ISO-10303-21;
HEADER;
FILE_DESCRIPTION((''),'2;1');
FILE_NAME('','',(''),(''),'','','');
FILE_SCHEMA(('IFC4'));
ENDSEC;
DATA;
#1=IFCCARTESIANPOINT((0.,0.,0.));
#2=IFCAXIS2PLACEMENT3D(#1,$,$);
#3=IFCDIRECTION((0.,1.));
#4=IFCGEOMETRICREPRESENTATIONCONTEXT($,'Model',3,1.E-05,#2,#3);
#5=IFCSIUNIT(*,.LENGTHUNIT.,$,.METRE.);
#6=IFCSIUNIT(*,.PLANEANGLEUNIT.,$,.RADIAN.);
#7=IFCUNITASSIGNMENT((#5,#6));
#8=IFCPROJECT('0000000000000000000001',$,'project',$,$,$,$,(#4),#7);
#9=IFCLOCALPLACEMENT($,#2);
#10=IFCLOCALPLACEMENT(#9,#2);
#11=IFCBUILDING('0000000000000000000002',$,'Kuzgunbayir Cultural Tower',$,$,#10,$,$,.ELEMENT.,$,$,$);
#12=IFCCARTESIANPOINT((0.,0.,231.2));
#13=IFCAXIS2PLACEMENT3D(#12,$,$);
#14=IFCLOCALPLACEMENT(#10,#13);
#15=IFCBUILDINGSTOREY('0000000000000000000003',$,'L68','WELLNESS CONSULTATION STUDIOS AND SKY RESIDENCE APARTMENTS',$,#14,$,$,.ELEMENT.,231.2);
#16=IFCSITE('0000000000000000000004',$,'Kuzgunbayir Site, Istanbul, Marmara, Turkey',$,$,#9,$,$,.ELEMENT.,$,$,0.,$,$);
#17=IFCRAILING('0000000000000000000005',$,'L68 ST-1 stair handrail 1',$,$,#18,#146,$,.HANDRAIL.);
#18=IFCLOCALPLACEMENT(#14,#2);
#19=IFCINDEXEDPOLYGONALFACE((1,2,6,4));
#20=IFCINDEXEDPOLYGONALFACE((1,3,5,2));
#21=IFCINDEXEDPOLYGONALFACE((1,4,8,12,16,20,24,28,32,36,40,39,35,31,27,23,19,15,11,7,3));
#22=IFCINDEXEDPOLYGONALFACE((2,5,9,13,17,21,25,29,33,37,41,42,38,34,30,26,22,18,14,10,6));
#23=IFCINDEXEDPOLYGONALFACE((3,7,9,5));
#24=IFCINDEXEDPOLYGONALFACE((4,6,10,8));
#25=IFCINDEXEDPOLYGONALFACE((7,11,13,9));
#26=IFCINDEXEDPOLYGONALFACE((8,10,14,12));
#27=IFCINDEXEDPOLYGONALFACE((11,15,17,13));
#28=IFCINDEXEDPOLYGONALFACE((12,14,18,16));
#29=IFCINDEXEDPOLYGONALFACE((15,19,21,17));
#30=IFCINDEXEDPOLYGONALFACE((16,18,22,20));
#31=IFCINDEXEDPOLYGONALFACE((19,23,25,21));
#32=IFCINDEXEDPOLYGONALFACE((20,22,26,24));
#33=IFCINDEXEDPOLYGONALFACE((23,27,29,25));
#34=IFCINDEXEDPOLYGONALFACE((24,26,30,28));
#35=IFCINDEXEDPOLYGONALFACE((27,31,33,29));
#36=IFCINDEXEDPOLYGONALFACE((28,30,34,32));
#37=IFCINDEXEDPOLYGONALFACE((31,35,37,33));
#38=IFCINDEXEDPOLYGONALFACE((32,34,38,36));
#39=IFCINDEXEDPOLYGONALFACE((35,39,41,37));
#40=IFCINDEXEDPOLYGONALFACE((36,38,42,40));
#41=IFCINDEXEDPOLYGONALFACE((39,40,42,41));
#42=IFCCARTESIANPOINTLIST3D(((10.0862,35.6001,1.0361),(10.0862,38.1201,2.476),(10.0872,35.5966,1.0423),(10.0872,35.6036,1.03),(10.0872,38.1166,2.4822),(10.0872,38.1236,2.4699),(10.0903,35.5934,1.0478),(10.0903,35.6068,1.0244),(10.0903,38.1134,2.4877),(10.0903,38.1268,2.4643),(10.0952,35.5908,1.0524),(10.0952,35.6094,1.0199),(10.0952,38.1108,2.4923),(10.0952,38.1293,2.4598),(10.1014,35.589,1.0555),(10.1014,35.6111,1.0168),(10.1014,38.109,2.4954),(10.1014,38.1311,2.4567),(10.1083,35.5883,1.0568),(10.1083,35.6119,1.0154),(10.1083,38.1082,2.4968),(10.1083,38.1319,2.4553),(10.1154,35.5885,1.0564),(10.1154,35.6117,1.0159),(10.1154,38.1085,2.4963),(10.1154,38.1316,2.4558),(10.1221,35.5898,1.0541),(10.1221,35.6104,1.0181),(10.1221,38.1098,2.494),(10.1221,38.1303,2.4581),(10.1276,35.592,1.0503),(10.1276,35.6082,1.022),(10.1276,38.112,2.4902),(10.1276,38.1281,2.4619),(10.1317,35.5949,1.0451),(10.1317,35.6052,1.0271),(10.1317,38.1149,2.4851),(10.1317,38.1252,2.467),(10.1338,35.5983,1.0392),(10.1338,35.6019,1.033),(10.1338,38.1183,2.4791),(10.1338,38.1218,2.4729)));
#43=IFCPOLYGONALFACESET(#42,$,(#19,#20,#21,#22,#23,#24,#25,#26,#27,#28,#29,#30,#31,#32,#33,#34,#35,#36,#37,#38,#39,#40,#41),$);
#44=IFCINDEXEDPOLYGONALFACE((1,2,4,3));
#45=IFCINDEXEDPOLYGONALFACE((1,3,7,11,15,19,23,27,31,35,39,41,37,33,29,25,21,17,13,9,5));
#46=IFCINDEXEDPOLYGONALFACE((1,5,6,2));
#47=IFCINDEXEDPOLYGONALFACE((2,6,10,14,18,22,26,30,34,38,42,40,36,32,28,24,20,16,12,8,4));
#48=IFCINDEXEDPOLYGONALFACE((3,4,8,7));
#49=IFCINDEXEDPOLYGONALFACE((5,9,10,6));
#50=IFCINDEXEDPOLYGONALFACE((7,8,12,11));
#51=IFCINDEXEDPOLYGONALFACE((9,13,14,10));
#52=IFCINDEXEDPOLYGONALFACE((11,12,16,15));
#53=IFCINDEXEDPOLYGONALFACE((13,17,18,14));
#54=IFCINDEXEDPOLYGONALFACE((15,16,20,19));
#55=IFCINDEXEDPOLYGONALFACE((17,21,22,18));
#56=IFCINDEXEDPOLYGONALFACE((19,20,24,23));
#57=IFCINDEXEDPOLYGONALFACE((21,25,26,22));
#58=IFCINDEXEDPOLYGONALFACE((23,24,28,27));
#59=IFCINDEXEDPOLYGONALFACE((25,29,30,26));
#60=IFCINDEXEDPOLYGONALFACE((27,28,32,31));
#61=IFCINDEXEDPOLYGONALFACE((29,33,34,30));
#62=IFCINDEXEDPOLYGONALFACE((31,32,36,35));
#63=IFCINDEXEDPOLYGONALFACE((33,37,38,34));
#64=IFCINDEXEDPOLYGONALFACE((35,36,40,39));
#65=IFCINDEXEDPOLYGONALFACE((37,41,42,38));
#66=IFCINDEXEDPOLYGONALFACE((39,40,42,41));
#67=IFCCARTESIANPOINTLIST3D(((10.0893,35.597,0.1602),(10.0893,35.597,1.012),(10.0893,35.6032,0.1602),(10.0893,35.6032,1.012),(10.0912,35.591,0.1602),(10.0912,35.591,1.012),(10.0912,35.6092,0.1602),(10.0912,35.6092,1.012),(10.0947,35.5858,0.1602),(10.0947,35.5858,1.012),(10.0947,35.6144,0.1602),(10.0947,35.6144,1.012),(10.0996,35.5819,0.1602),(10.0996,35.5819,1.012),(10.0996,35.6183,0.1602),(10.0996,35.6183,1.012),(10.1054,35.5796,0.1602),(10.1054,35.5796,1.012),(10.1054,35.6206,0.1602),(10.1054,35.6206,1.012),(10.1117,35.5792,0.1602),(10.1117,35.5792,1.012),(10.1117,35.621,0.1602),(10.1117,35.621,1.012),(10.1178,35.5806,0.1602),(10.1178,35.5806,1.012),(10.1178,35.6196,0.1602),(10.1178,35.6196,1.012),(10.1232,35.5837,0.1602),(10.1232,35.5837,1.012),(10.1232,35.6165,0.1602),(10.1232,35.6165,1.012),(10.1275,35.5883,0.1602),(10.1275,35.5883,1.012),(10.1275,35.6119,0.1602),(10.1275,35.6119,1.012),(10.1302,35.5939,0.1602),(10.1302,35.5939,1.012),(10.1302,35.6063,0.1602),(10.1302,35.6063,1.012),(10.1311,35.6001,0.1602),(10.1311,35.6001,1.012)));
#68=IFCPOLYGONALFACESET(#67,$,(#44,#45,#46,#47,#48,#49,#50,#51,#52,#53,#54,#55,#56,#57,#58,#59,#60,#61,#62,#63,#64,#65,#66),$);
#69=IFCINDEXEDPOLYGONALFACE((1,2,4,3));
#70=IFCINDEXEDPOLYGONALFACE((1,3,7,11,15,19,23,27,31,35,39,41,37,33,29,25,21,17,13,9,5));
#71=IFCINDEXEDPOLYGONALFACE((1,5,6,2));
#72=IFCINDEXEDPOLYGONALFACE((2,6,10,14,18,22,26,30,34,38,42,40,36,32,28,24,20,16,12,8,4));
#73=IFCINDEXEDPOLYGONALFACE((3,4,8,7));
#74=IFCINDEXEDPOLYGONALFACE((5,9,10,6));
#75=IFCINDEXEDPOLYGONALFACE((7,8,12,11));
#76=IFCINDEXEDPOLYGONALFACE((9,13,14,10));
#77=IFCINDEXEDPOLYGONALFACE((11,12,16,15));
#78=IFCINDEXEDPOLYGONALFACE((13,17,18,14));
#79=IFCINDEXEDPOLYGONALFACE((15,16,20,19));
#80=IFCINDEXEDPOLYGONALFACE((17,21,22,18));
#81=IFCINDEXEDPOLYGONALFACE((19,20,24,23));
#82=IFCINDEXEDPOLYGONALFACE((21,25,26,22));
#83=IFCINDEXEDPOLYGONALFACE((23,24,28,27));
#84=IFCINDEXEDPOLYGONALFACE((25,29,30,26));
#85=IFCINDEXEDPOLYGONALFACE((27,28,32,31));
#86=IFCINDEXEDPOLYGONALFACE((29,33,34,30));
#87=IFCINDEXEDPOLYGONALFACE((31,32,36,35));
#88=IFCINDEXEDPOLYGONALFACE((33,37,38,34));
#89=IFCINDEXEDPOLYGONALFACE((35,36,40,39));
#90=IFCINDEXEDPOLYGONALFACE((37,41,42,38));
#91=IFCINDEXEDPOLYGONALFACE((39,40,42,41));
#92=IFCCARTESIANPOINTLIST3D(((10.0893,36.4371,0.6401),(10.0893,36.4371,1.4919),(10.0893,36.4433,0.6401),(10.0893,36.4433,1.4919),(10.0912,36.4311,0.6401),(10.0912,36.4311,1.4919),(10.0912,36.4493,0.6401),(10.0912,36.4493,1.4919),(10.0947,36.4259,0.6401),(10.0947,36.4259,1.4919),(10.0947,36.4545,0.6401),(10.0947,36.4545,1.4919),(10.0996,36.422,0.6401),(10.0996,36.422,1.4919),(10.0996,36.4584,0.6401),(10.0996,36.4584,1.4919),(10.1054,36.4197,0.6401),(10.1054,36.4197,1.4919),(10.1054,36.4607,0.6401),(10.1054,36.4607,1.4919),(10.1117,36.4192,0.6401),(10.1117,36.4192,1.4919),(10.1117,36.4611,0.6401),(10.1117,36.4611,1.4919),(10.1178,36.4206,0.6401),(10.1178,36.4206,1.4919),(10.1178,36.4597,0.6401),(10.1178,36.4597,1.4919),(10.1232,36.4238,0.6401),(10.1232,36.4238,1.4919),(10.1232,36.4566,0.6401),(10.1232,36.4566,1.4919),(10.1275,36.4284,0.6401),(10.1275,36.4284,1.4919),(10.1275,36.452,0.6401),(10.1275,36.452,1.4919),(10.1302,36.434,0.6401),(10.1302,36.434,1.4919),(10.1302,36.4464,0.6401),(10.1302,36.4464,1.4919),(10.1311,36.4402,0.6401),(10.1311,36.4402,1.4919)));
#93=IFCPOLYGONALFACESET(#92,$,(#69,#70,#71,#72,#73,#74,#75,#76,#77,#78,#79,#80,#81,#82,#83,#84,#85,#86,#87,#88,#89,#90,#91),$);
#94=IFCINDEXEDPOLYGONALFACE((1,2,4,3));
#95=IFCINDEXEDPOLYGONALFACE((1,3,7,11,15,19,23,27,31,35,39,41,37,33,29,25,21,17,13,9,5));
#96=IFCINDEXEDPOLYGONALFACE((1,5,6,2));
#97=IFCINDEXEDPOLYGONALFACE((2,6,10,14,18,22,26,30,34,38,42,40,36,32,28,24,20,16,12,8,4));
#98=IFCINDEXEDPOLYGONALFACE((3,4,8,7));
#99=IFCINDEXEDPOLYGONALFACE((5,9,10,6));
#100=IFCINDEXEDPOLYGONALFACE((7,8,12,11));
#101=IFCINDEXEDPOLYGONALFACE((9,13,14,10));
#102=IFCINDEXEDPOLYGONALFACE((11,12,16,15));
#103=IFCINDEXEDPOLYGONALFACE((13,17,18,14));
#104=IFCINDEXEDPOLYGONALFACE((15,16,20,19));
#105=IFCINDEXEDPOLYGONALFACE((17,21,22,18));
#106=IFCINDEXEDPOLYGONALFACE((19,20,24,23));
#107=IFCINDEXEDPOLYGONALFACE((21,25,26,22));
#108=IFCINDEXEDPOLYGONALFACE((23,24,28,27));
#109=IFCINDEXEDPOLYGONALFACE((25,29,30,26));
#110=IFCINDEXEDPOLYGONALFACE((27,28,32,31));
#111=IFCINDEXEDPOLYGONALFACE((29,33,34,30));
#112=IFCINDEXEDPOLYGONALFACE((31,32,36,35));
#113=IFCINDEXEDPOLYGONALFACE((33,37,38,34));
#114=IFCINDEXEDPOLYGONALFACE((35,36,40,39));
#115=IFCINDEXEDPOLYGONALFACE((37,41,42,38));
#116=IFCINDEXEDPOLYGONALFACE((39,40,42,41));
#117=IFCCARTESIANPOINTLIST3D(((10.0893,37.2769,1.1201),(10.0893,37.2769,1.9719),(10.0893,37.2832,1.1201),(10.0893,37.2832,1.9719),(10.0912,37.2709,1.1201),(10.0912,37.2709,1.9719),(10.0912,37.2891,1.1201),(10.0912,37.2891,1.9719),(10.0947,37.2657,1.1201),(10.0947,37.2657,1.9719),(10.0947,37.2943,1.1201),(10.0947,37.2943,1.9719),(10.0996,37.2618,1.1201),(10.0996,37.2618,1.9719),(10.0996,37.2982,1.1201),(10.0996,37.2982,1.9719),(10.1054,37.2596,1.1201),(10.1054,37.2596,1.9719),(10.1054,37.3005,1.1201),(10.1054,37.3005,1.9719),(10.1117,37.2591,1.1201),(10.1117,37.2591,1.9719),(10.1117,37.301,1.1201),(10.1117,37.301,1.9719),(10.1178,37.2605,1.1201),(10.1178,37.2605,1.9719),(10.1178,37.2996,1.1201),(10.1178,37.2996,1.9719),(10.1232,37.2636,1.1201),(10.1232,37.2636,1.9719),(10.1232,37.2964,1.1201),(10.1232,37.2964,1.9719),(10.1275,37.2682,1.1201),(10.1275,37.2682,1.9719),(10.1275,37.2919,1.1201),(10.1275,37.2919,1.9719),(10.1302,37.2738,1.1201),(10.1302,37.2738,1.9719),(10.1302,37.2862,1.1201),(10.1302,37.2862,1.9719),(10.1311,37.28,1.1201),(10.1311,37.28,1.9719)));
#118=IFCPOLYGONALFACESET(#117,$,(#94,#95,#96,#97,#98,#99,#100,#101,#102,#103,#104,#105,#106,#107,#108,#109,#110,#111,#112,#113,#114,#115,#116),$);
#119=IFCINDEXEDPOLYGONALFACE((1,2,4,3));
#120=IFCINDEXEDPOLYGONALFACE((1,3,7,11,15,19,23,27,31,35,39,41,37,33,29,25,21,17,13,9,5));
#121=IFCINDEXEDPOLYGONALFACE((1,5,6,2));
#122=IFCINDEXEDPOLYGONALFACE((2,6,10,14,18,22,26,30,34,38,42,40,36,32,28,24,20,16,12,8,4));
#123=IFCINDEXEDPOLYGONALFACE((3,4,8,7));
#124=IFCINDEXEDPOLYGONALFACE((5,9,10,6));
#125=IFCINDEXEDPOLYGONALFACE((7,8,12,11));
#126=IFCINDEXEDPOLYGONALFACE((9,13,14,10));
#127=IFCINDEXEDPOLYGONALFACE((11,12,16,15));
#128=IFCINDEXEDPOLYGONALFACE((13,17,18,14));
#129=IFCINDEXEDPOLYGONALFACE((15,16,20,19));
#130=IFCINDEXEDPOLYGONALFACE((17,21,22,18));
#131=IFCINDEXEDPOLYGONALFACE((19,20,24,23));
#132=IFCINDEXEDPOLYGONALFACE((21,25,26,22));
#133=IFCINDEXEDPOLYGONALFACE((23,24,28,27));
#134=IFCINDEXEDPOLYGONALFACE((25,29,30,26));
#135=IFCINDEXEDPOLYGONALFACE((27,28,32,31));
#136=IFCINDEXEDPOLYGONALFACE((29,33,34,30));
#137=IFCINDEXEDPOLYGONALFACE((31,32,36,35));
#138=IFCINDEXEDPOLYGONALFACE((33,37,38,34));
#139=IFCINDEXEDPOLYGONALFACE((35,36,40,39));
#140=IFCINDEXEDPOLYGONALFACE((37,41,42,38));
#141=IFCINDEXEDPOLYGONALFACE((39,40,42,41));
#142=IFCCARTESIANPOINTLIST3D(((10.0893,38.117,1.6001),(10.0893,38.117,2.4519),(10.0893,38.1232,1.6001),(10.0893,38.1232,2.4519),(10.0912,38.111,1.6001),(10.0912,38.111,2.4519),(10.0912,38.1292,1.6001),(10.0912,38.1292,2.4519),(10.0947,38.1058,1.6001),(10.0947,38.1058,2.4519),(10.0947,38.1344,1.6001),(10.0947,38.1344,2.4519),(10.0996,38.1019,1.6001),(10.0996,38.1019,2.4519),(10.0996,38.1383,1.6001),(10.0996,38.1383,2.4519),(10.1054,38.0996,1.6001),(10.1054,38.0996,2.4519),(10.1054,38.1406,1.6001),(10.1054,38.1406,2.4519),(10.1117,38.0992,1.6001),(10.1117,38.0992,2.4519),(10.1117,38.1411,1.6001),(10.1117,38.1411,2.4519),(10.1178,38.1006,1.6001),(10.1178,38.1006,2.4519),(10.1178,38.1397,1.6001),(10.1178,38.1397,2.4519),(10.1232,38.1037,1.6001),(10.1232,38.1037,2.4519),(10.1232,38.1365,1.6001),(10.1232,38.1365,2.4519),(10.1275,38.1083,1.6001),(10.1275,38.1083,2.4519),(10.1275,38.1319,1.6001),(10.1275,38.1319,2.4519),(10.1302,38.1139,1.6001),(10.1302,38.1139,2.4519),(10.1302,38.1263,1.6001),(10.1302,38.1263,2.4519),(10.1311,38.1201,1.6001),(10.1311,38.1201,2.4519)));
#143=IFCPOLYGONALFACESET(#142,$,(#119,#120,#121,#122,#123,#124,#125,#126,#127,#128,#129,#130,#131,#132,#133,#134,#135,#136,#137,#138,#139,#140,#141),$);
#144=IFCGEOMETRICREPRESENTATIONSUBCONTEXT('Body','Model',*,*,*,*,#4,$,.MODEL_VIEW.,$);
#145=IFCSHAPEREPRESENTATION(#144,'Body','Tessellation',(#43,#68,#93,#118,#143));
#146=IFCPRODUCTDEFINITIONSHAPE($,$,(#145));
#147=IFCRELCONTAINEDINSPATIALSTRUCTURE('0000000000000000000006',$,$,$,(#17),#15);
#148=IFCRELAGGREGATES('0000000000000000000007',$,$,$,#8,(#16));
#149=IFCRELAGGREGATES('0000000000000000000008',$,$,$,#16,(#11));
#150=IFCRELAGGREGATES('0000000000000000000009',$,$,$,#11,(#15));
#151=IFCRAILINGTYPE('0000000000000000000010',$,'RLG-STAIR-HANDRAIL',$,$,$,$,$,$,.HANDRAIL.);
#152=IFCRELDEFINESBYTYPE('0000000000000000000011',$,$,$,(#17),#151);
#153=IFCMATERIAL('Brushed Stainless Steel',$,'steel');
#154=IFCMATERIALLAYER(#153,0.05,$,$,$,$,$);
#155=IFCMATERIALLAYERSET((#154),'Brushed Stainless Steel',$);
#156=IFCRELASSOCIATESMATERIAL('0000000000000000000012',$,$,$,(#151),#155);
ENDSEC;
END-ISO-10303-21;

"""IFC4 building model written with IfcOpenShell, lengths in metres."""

from ifc_helpers import new_model, si_unit, direction, frame, origin, origin_2d, place, context, subcontext, project, spatial, circle, extrude, material, layer, layer_set, type_object, element, save


model = new_model("IFC4")

# Units and contexts
model_context = context("Model", 3, precision=1e-05, world=origin(), true_north=direction((0.0, 1.0)))
body_context = subcontext(model_context, "Body", "Model", "MODEL_VIEW")
ifc_project = project(units=[si_unit("LENGTHUNIT", "METRE"), si_unit("PLANEANGLEUNIT", "RADIAN")], contexts=[model_context])

# Site, building, storey
site_placement = place(None, origin())
site = spatial("IfcSite", under=ifc_project, at=site_placement, Name="Kuzgunbayir Site, Istanbul, Marmara, Turkey", CompositionType="ELEMENT", RefElevation=0.0)
building_placement = place(site_placement, origin())
building = spatial("IfcBuilding", under=site, at=building_placement, Name="Kuzgunbayir Cultural Tower", CompositionType="ELEMENT")
storey_placement = place(building_placement, frame((0.0, 0.0, 231.2)))
storey = spatial("IfcBuildingStorey", under=building, at=storey_placement, Name="L68", Description="WELLNESS CONSULTATION STUDIOS AND SKY RESIDENCE APARTMENTS", CompositionType="ELEMENT", Elevation=231.2)

# Shared definitions
ifc_material_1 = material(Name="Brushed Stainless Steel", Category="steel")

# Railing
ifc_layer_1 = layer(ifc_material_1, 0.05)
ifc_layer_set_1 = layer_set([ifc_layer_1], Name="Brushed Stainless Steel")
railing_type_1 = type_object("IfcRailingType", Name="RLG-STAIR-HANDRAIL", PredefinedType="HANDRAIL", material=ifc_layer_set_1)
railing_1_placement = place(storey_placement, frame((10.1101, 35.6001, 0.1602)))
element("IfcRailing", 1, at=railing_1_placement, inside=storey, type_object=railing_type_1, Name="L68 ST-1 stair handrail 1", PredefinedType="HANDRAIL", context=body_context, shape_type="SweptSolid", body=[
    extrude(circle(Radius=0.0239, at=origin_2d()), frame((0.0, 0.0, 0.876), z_axis=(0.0, 0.868253, 0.496121), x_axis=(-1.0, 0.0, 0.0)), (0.0, 0.0, 1.0), 2.9023),
    extrude(circle(Radius=0.021, at=origin_2d()), origin(), (0.0, 0.0, 1.0), 0.8518),
    extrude(circle(Radius=0.021, at=origin_2d()), frame((0.0, 0.8401, 0.48)), (0.0, 0.0, 1.0), 0.8518),
    extrude(circle(Radius=0.021, at=origin_2d()), frame((0.0, 1.6799, 0.96)), (0.0, 0.0, 1.0), 0.8518),
    extrude(circle(Radius=0.021, at=origin_2d()), frame((0.0, 2.52, 1.4399)), (0.0, 0.0, 1.0), 0.8518),
])

save(model, "model.ifc")
